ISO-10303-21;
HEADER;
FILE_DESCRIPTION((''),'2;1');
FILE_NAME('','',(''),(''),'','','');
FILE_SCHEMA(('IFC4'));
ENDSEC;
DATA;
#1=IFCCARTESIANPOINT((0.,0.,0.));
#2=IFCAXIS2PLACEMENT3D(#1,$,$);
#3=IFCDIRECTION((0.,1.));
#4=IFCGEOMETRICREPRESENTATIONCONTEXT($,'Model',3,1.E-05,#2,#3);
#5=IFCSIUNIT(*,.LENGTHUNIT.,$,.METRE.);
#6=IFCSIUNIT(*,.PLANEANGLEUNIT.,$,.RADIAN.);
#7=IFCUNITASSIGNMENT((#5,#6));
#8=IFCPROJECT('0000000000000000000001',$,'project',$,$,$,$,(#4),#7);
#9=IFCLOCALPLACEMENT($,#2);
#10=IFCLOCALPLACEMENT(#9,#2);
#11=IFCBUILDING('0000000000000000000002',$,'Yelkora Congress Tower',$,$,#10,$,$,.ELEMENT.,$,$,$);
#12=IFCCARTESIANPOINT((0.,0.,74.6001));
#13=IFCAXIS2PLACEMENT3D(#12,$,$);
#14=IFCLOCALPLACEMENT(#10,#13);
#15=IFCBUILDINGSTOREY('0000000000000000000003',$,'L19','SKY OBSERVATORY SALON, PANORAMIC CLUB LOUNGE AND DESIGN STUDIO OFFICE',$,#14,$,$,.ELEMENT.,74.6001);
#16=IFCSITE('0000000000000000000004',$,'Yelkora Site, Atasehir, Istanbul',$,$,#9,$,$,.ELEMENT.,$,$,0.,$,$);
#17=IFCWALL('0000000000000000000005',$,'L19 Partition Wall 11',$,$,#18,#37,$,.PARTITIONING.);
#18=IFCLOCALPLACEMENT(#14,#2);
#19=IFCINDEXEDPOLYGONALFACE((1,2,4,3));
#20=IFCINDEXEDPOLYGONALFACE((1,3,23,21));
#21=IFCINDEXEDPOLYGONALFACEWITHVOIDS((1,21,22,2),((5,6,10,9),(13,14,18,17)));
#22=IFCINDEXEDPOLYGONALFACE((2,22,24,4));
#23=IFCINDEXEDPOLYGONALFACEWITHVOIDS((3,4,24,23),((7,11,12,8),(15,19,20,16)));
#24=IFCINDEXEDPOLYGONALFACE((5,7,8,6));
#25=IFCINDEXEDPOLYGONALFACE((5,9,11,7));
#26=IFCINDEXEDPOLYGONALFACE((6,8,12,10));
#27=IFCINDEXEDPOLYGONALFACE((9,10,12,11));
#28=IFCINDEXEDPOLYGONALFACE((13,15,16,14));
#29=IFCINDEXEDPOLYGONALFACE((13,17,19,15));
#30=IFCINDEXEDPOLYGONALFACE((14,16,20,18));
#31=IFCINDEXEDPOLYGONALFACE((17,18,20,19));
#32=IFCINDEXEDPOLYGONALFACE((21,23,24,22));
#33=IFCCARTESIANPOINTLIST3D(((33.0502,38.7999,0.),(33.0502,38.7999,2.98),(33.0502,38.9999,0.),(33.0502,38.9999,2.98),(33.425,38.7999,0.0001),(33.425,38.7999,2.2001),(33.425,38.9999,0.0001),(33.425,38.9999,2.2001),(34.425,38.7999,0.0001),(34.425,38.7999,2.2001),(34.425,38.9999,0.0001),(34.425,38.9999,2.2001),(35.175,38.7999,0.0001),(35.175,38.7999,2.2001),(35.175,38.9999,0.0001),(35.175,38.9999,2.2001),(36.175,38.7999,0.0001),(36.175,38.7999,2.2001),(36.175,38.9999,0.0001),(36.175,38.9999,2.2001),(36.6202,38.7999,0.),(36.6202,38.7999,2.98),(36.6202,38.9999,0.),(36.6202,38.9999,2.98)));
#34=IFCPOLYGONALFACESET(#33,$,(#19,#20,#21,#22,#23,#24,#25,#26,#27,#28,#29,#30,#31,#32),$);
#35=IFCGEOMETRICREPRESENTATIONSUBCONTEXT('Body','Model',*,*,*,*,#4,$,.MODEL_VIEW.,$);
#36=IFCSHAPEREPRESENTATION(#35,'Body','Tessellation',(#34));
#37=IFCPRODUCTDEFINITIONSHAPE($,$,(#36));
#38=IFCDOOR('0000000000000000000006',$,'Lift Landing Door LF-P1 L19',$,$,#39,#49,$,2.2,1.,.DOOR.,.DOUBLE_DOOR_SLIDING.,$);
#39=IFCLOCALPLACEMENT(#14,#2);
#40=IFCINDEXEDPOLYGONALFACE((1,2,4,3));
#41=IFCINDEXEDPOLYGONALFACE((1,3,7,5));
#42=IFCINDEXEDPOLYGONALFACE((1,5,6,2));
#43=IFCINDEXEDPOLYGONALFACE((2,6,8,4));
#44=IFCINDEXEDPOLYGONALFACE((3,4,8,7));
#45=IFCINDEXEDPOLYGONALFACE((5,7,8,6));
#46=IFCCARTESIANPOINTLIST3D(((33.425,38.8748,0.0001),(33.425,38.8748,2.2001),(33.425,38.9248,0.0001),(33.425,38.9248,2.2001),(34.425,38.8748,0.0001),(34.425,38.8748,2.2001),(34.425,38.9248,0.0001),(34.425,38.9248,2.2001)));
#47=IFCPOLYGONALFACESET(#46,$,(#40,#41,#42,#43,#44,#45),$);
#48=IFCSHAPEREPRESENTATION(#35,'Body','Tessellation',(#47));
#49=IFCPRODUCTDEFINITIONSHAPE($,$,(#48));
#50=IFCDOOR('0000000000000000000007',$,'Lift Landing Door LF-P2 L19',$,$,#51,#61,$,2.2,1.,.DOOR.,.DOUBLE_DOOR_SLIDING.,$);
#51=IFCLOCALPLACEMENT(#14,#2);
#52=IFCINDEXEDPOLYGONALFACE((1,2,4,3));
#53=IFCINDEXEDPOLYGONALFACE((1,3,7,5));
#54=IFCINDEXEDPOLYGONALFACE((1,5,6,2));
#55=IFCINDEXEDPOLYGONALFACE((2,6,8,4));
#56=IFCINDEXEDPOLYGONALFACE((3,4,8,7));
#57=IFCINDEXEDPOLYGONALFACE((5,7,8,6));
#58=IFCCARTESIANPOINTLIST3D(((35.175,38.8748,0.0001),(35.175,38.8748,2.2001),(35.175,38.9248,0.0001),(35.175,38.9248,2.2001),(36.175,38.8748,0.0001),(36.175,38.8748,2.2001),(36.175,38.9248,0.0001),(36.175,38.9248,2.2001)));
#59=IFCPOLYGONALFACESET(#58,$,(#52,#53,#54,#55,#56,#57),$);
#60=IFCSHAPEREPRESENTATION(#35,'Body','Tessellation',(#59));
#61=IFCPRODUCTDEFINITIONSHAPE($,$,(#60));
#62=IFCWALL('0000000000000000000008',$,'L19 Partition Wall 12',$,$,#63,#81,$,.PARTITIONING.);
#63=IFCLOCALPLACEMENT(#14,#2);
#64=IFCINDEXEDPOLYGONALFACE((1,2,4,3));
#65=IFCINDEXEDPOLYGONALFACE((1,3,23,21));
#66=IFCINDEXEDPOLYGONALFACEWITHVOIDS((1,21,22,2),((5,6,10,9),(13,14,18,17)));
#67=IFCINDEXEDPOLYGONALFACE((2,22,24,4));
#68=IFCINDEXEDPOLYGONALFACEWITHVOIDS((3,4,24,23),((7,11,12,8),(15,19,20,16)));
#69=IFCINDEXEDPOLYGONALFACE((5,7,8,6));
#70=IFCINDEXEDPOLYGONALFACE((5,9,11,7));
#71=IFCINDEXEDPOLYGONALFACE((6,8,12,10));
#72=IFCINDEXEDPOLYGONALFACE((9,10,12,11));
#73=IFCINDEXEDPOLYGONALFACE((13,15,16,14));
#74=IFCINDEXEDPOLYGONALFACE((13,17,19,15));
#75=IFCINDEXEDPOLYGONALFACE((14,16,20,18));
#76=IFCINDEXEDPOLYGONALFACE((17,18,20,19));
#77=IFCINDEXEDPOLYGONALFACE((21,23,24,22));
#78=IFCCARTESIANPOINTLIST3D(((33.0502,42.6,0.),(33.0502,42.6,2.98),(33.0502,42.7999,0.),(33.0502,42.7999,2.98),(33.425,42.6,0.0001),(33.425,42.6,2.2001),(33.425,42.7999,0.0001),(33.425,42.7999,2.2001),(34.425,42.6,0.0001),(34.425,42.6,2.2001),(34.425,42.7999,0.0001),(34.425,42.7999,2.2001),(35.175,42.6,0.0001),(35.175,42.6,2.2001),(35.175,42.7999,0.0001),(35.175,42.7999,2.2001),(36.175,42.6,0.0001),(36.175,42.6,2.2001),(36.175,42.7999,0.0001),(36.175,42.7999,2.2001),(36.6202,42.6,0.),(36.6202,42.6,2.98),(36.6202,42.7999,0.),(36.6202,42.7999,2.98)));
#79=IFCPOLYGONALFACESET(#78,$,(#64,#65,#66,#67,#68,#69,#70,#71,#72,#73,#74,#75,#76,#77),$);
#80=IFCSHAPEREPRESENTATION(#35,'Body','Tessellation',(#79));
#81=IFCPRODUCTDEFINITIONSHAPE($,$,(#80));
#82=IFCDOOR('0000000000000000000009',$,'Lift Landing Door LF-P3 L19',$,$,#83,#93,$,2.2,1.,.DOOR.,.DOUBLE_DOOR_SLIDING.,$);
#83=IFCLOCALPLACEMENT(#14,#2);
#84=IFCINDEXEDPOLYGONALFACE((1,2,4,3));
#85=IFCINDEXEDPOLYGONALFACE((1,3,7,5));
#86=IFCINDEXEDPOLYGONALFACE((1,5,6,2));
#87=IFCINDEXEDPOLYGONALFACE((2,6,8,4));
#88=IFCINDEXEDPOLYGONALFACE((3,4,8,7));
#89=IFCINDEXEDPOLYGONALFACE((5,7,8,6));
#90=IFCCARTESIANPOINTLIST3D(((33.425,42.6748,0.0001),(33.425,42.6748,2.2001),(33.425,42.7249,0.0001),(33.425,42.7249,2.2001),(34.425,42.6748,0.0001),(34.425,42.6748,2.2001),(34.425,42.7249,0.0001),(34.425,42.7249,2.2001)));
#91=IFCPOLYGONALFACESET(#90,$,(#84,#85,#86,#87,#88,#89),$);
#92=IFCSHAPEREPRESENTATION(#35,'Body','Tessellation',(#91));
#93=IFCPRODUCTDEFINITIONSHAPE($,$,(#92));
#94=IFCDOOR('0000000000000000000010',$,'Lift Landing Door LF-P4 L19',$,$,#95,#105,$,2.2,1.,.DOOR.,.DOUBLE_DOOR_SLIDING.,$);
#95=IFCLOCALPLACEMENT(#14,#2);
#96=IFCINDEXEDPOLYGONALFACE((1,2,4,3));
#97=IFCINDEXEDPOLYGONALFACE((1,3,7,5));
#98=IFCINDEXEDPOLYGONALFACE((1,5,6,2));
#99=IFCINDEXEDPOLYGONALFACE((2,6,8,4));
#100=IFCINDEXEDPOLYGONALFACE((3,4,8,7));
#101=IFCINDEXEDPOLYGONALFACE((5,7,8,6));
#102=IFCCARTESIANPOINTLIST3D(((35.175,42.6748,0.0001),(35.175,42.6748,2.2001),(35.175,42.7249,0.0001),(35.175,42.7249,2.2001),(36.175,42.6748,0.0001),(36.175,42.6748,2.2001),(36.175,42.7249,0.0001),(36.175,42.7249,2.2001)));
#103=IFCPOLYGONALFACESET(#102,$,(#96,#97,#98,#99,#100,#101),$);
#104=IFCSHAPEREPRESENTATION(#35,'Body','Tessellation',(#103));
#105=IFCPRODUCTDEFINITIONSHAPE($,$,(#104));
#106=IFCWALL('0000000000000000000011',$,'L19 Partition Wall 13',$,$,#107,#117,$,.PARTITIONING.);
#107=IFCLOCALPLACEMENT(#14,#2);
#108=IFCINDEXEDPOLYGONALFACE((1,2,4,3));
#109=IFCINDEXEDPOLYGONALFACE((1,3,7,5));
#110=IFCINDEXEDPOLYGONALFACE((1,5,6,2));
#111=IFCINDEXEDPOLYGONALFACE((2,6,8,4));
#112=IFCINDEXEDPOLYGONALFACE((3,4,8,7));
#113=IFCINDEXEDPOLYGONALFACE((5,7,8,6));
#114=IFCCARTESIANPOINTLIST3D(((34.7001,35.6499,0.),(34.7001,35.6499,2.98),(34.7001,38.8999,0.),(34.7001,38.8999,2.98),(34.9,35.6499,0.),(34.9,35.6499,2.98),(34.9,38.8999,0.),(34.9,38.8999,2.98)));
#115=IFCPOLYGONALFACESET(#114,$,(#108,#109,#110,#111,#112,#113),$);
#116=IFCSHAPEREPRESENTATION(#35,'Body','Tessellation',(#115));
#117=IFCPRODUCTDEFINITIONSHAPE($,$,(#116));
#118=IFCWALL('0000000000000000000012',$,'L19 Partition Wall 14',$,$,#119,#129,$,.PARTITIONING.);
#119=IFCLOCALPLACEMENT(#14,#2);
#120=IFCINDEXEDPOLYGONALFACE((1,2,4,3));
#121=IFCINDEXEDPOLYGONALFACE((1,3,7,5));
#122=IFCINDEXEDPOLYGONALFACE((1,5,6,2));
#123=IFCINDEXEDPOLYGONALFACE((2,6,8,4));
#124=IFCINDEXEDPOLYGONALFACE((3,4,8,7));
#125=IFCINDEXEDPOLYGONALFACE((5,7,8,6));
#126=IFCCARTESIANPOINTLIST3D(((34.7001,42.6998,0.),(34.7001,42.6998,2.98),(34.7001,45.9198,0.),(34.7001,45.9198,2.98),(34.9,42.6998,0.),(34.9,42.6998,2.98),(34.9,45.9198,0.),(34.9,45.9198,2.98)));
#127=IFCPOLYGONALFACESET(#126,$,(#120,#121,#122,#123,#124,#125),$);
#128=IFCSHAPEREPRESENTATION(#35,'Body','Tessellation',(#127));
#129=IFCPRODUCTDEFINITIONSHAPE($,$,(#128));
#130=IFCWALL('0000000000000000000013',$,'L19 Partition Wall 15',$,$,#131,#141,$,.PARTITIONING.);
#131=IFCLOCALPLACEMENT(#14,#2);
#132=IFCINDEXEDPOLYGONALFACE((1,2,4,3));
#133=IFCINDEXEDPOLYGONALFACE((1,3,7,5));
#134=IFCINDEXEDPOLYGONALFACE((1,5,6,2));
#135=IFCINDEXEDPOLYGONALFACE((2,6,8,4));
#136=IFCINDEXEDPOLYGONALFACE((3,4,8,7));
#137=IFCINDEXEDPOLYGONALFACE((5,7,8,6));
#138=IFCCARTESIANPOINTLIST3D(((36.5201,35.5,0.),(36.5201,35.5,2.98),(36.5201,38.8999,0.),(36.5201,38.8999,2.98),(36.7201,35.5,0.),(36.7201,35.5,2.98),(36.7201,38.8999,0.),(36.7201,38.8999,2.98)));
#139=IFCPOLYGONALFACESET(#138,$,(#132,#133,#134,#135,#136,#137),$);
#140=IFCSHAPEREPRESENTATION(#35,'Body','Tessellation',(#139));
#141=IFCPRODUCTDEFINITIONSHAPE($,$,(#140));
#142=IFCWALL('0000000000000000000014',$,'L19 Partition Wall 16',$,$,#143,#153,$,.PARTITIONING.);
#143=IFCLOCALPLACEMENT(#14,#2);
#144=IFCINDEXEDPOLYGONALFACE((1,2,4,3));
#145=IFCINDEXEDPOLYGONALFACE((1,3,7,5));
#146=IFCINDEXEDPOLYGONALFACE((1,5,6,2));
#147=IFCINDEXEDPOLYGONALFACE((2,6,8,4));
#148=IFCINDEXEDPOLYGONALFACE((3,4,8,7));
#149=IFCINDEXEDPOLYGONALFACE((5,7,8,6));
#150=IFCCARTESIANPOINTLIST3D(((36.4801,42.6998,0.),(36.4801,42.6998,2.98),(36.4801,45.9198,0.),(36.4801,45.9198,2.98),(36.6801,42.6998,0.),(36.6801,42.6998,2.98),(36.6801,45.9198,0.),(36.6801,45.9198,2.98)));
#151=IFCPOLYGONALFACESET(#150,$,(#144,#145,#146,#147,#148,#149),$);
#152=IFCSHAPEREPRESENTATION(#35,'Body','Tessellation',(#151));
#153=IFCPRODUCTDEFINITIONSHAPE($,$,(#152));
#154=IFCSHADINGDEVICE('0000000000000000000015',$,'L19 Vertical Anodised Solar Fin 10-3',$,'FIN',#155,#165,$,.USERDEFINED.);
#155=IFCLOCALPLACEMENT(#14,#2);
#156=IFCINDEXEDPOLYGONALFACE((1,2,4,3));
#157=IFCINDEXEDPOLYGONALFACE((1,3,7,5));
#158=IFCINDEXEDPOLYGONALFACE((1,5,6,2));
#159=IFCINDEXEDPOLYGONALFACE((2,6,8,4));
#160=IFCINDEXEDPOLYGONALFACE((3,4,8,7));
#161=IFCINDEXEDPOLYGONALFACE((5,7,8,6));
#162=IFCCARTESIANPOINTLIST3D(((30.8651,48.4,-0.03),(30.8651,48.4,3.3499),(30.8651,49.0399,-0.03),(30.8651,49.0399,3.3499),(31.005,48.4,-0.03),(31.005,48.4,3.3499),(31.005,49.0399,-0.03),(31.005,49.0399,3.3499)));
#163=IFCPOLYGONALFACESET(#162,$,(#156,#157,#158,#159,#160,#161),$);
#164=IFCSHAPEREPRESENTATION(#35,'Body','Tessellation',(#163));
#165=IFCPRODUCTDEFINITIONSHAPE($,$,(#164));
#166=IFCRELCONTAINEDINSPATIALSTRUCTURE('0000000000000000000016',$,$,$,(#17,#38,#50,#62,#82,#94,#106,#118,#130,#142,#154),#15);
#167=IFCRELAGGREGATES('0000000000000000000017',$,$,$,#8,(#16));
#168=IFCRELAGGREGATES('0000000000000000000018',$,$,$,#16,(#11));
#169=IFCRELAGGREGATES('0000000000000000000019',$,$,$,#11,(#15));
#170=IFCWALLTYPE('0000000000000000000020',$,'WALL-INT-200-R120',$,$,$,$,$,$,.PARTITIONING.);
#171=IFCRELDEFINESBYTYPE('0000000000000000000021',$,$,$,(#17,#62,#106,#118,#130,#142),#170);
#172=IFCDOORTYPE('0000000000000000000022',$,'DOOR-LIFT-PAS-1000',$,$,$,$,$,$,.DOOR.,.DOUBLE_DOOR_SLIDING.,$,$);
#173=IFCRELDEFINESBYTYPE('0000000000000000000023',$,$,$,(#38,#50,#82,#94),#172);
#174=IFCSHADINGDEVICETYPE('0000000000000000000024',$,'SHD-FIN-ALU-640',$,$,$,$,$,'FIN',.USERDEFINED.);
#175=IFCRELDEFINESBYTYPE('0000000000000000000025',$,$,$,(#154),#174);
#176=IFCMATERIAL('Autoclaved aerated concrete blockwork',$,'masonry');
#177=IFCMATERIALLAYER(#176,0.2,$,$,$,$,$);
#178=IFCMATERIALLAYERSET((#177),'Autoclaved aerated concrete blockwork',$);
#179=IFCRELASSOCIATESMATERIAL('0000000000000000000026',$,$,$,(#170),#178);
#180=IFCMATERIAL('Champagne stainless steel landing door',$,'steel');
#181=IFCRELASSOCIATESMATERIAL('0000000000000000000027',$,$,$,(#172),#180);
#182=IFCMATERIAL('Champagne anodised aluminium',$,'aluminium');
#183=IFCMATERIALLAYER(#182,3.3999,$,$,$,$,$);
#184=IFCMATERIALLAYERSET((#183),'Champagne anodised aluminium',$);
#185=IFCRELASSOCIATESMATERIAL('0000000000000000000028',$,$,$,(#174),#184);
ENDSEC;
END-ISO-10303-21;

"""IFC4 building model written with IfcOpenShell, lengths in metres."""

from ifc_helpers import new_model, si_unit, direction, frame, frame_2d, origin, origin_2d, place, context, subcontext, project, spatial, rectangle, extrude, material, layer, layer_set, type_object, element, fill, save


model = new_model("IFC4")

# Units and contexts
model_context = context("Model", 3, precision=1e-05, world=origin(), true_north=direction((0.0, 1.0)))
body_context = subcontext(model_context, "Body", "Model", "MODEL_VIEW")
ifc_project = project(units=[si_unit("LENGTHUNIT", "METRE"), si_unit("PLANEANGLEUNIT", "RADIAN")], contexts=[model_context])

# Site, building, storey
site_placement = place(None, origin())
site = spatial("IfcSite", under=ifc_project, at=site_placement, Name="Yelkora Site, Atasehir, Istanbul", CompositionType="ELEMENT", RefElevation=0.0)
building_placement = place(site_placement, origin())
building = spatial("IfcBuilding", under=site, at=building_placement, Name="Yelkora Congress Tower", CompositionType="ELEMENT")
storey_placement = place(building_placement, frame((0.0, 0.0, 74.6001)))
storey = spatial("IfcBuildingStorey", under=building, at=storey_placement, Name="L19", Description="SKY OBSERVATORY SALON, PANORAMIC CLUB LOUNGE AND DESIGN STUDIO OFFICE", CompositionType="ELEMENT", Elevation=74.6001)

# Shared definitions
ifc_material_1 = material(Name="Autoclaved aerated concrete blockwork", Category="masonry")
ifc_layer_1 = layer(ifc_material_1, 0.2)
ifc_layer_set_1 = layer_set([ifc_layer_1], Name="Autoclaved aerated concrete blockwork")
wall_type_1 = type_object("IfcWallType", Name="WALL-INT-200-R120", PredefinedType="PARTITIONING", material=ifc_layer_set_1)

# Walls, openings, doors
wall_1_placement = place(storey_placement, frame((33.05, 38.8999, 0.0), z_axis=(0.0, 0.0, 1.0), x_axis=(1.0, 0.0, 0.0)))
wall_1 = element("IfcWall", 1, at=wall_1_placement, inside=storey, type_object=wall_type_1, Name="L19 Partition Wall 11", PredefinedType="PARTITIONING", context=body_context, shape_type="SweptSolid", body=[
    extrude(rectangle(XDim=3.5701, YDim=0.2, at=frame_2d((1.7852, 0.0))), origin(), (0.0, 0.0, 1.0), 2.98),
])
opening_1_placement = place(wall_1_placement, frame((0.375, 0.0, 0.0)))
opening_1 = element("IfcOpeningElement", 2, at=opening_1_placement, cuts=wall_1, PredefinedType="OPENING", context=body_context, shape_type="SweptSolid", body=[
    extrude(rectangle(XDim=1.0, YDim=2.2, at=frame_2d((0.5, 1.1001))), frame((0.0, 0.1099, 0.0), z_axis=(0.0, -1.0, 0.0), x_axis=(1.0, 0.0, 0.0)), (0.0, 0.0, 1.0), 0.22),
])
opening_2_placement = place(wall_1_placement, frame((2.125, 0.0, 0.0)))
opening_2 = element("IfcOpeningElement", 3, at=opening_2_placement, cuts=wall_1, PredefinedType="OPENING", context=body_context, shape_type="SweptSolid", body=[
    extrude(rectangle(XDim=1.0, YDim=2.2, at=frame_2d((0.5, 1.1001))), frame((0.0, 0.1099, 0.0), z_axis=(0.0, -1.0, 0.0), x_axis=(1.0, 0.0, 0.0)), (0.0, 0.0, 1.0), 0.22),
])
ifc_material_2 = material(Name="Champagne stainless steel landing door", Category="steel")
door_type_1 = type_object("IfcDoorType", Name="DOOR-LIFT-PAS-1000", OperationType="DOUBLE_DOOR_SLIDING", PredefinedType="DOOR", material=ifc_material_2)
door_1_placement = place(opening_1_placement, origin())
door_1 = element("IfcDoor", 4, at=door_1_placement, inside=storey, type_object=door_type_1, Name="Lift Landing Door LF-P1 L19", OperationType="DOUBLE_DOOR_SLIDING", OverallHeight=2.2, OverallWidth=1.0, PredefinedType="DOOR", context=body_context, shape_type="SweptSolid", body=[
    extrude(rectangle(XDim=1.0, YDim=2.2, at=frame_2d((0.5, 1.1001))), frame((0.0, 0.0249, 0.0), z_axis=(0.0, -1.0, 0.0), x_axis=(1.0, 0.0, 0.0)), (0.0, 0.0, 1.0), 0.05),
])
fill(opening_1, door_1)
door_2_placement = place(opening_2_placement, origin())
door_2 = element("IfcDoor", 5, at=door_2_placement, inside=storey, type_object=door_type_1, Name="Lift Landing Door LF-P2 L19", OperationType="DOUBLE_DOOR_SLIDING", OverallHeight=2.2, OverallWidth=1.0, PredefinedType="DOOR", context=body_context, shape_type="SweptSolid", body=[
    extrude(rectangle(XDim=1.0, YDim=2.2, at=frame_2d((0.5, 1.1001))), frame((0.0, 0.0249, 0.0), z_axis=(0.0, -1.0, 0.0), x_axis=(1.0, 0.0, 0.0)), (0.0, 0.0, 1.0), 0.05),
])
fill(opening_2, door_2)
wall_2_placement = place(storey_placement, frame((33.05, 42.7, 0.0), z_axis=(0.0, 0.0, 1.0), x_axis=(1.0, 0.0, 0.0)))
wall_2 = element("IfcWall", 6, at=wall_2_placement, inside=storey, type_object=wall_type_1, Name="L19 Partition Wall 12", PredefinedType="PARTITIONING", context=body_context, shape_type="SweptSolid", body=[
    extrude(rectangle(XDim=3.5701, YDim=0.2, at=frame_2d((1.7852, 0.0))), origin(), (0.0, 0.0, 1.0), 2.98),
])
opening_3_placement = place(wall_2_placement, frame((0.375, 0.0, 0.0)))
opening_3 = element("IfcOpeningElement", 7, at=opening_3_placement, cuts=wall_2, PredefinedType="OPENING", context=body_context, shape_type="SweptSolid", body=[
    extrude(rectangle(XDim=1.0, YDim=2.2, at=frame_2d((0.5, 1.1001))), frame((0.0, 0.1099, 0.0), z_axis=(0.0, -1.0, 0.0), x_axis=(1.0, 0.0, 0.0)), (0.0, 0.0, 1.0), 0.22),
])
opening_4_placement = place(wall_2_placement, frame((2.125, 0.0, 0.0)))
opening_4 = element("IfcOpeningElement", 8, at=opening_4_placement, cuts=wall_2, PredefinedType="OPENING", context=body_context, shape_type="SweptSolid", body=[
    extrude(rectangle(XDim=1.0, YDim=2.2, at=frame_2d((0.5, 1.1001))), frame((0.0, 0.1099, 0.0), z_axis=(0.0, -1.0, 0.0), x_axis=(1.0, 0.0, 0.0)), (0.0, 0.0, 1.0), 0.22),
])
door_3_placement = place(opening_3_placement, origin())
door_3 = element("IfcDoor", 9, at=door_3_placement, inside=storey, type_object=door_type_1, Name="Lift Landing Door LF-P3 L19", OperationType="DOUBLE_DOOR_SLIDING", OverallHeight=2.2, OverallWidth=1.0, PredefinedType="DOOR", context=body_context, shape_type="SweptSolid", body=[
    extrude(rectangle(XDim=1.0, YDim=2.2, at=frame_2d((0.5, 1.1001))), frame((0.0, 0.0249, 0.0), z_axis=(0.0, -1.0, 0.0), x_axis=(1.0, 0.0, 0.0)), (0.0, 0.0, 1.0), 0.05),
])
fill(opening_3, door_3)
door_4_placement = place(opening_4_placement, origin())
door_4 = element("IfcDoor", 10, at=door_4_placement, inside=storey, type_object=door_type_1, Name="Lift Landing Door LF-P4 L19", OperationType="DOUBLE_DOOR_SLIDING", OverallHeight=2.2, OverallWidth=1.0, PredefinedType="DOOR", context=body_context, shape_type="SweptSolid", body=[
    extrude(rectangle(XDim=1.0, YDim=2.2, at=frame_2d((0.5, 1.1001))), frame((0.0, 0.0249, 0.0), z_axis=(0.0, -1.0, 0.0), x_axis=(1.0, 0.0, 0.0)), (0.0, 0.0, 1.0), 0.05),
])
fill(opening_4, door_4)

# Walls
wall_3_placement = place(storey_placement, frame((34.8, 35.6499, 0.0), z_axis=(0.0, 0.0, 1.0), x_axis=(0.0, 1.0, 0.0)))
element("IfcWall", 11, at=wall_3_placement, inside=storey, type_object=wall_type_1, Name="L19 Partition Wall 13", PredefinedType="PARTITIONING", context=body_context, shape_type="SweptSolid", body=[
    extrude(rectangle(XDim=3.25, YDim=0.2, at=frame_2d((1.625, 0.0))), origin(), (0.0, 0.0, 1.0), 2.98),
])
wall_4_placement = place(storey_placement, frame((34.8, 42.7, 0.0), z_axis=(0.0, 0.0, 1.0), x_axis=(0.0, 1.0, 0.0)))
element("IfcWall", 12, at=wall_4_placement, inside=storey, type_object=wall_type_1, Name="L19 Partition Wall 14", PredefinedType="PARTITIONING", context=body_context, shape_type="SweptSolid", body=[
    extrude(rectangle(XDim=3.22, YDim=0.2, at=frame_2d((1.6099, 0.0))), origin(), (0.0, 0.0, 1.0), 2.98),
])
wall_5_placement = place(storey_placement, frame((36.6201, 35.5, 0.0), z_axis=(0.0, 0.0, 1.0), x_axis=(0.0, 1.0, 0.0)))
element("IfcWall", 13, at=wall_5_placement, inside=storey, type_object=wall_type_1, Name="L19 Partition Wall 15", PredefinedType="PARTITIONING", context=body_context, shape_type="SweptSolid", body=[
    extrude(rectangle(XDim=3.3999, YDim=0.2, at=frame_2d((1.7, 0.0))), origin(), (0.0, 0.0, 1.0), 2.98),
])
wall_6_placement = place(storey_placement, frame((36.5801, 42.7, 0.0), z_axis=(0.0, 0.0, 1.0), x_axis=(0.0, 1.0, 0.0)))
element("IfcWall", 14, at=wall_6_placement, inside=storey, type_object=wall_type_1, Name="L19 Partition Wall 16", PredefinedType="PARTITIONING", context=body_context, shape_type="SweptSolid", body=[
    extrude(rectangle(XDim=3.22, YDim=0.2, at=frame_2d((1.6099, 0.0))), origin(), (0.0, 0.0, 1.0), 2.98),
])

# Shading device
ifc_material_3 = material(Name="Champagne anodised aluminium", Category="aluminium")
ifc_layer_2 = layer(ifc_material_3, 3.3999)
ifc_layer_set_2 = layer_set([ifc_layer_2], Name="Champagne anodised aluminium")
shading_device_type = type_object("IfcShadingDeviceType", Name="SHD-FIN-ALU-640", ElementType="FIN", PredefinedType="USERDEFINED", material=ifc_layer_set_2)
shading_device_placement = place(storey_placement, frame((30.9351, 48.72, -0.03), z_axis=(0.0, 0.0, 1.0), x_axis=(1.0, 0.0, 0.0)))
element("IfcShadingDevice", 15, at=shading_device_placement, inside=storey, type_object=shading_device_type, Name="L19 Vertical Anodised Solar Fin 10-3", ObjectType="FIN", PredefinedType="USERDEFINED", context=body_context, shape_type="SweptSolid", body=[
    extrude(rectangle(XDim=0.1399, YDim=0.6399, at=origin_2d()), origin(), (0.0, 0.0, 1.0), 3.3799),
])

save(model, "model.ifc")
